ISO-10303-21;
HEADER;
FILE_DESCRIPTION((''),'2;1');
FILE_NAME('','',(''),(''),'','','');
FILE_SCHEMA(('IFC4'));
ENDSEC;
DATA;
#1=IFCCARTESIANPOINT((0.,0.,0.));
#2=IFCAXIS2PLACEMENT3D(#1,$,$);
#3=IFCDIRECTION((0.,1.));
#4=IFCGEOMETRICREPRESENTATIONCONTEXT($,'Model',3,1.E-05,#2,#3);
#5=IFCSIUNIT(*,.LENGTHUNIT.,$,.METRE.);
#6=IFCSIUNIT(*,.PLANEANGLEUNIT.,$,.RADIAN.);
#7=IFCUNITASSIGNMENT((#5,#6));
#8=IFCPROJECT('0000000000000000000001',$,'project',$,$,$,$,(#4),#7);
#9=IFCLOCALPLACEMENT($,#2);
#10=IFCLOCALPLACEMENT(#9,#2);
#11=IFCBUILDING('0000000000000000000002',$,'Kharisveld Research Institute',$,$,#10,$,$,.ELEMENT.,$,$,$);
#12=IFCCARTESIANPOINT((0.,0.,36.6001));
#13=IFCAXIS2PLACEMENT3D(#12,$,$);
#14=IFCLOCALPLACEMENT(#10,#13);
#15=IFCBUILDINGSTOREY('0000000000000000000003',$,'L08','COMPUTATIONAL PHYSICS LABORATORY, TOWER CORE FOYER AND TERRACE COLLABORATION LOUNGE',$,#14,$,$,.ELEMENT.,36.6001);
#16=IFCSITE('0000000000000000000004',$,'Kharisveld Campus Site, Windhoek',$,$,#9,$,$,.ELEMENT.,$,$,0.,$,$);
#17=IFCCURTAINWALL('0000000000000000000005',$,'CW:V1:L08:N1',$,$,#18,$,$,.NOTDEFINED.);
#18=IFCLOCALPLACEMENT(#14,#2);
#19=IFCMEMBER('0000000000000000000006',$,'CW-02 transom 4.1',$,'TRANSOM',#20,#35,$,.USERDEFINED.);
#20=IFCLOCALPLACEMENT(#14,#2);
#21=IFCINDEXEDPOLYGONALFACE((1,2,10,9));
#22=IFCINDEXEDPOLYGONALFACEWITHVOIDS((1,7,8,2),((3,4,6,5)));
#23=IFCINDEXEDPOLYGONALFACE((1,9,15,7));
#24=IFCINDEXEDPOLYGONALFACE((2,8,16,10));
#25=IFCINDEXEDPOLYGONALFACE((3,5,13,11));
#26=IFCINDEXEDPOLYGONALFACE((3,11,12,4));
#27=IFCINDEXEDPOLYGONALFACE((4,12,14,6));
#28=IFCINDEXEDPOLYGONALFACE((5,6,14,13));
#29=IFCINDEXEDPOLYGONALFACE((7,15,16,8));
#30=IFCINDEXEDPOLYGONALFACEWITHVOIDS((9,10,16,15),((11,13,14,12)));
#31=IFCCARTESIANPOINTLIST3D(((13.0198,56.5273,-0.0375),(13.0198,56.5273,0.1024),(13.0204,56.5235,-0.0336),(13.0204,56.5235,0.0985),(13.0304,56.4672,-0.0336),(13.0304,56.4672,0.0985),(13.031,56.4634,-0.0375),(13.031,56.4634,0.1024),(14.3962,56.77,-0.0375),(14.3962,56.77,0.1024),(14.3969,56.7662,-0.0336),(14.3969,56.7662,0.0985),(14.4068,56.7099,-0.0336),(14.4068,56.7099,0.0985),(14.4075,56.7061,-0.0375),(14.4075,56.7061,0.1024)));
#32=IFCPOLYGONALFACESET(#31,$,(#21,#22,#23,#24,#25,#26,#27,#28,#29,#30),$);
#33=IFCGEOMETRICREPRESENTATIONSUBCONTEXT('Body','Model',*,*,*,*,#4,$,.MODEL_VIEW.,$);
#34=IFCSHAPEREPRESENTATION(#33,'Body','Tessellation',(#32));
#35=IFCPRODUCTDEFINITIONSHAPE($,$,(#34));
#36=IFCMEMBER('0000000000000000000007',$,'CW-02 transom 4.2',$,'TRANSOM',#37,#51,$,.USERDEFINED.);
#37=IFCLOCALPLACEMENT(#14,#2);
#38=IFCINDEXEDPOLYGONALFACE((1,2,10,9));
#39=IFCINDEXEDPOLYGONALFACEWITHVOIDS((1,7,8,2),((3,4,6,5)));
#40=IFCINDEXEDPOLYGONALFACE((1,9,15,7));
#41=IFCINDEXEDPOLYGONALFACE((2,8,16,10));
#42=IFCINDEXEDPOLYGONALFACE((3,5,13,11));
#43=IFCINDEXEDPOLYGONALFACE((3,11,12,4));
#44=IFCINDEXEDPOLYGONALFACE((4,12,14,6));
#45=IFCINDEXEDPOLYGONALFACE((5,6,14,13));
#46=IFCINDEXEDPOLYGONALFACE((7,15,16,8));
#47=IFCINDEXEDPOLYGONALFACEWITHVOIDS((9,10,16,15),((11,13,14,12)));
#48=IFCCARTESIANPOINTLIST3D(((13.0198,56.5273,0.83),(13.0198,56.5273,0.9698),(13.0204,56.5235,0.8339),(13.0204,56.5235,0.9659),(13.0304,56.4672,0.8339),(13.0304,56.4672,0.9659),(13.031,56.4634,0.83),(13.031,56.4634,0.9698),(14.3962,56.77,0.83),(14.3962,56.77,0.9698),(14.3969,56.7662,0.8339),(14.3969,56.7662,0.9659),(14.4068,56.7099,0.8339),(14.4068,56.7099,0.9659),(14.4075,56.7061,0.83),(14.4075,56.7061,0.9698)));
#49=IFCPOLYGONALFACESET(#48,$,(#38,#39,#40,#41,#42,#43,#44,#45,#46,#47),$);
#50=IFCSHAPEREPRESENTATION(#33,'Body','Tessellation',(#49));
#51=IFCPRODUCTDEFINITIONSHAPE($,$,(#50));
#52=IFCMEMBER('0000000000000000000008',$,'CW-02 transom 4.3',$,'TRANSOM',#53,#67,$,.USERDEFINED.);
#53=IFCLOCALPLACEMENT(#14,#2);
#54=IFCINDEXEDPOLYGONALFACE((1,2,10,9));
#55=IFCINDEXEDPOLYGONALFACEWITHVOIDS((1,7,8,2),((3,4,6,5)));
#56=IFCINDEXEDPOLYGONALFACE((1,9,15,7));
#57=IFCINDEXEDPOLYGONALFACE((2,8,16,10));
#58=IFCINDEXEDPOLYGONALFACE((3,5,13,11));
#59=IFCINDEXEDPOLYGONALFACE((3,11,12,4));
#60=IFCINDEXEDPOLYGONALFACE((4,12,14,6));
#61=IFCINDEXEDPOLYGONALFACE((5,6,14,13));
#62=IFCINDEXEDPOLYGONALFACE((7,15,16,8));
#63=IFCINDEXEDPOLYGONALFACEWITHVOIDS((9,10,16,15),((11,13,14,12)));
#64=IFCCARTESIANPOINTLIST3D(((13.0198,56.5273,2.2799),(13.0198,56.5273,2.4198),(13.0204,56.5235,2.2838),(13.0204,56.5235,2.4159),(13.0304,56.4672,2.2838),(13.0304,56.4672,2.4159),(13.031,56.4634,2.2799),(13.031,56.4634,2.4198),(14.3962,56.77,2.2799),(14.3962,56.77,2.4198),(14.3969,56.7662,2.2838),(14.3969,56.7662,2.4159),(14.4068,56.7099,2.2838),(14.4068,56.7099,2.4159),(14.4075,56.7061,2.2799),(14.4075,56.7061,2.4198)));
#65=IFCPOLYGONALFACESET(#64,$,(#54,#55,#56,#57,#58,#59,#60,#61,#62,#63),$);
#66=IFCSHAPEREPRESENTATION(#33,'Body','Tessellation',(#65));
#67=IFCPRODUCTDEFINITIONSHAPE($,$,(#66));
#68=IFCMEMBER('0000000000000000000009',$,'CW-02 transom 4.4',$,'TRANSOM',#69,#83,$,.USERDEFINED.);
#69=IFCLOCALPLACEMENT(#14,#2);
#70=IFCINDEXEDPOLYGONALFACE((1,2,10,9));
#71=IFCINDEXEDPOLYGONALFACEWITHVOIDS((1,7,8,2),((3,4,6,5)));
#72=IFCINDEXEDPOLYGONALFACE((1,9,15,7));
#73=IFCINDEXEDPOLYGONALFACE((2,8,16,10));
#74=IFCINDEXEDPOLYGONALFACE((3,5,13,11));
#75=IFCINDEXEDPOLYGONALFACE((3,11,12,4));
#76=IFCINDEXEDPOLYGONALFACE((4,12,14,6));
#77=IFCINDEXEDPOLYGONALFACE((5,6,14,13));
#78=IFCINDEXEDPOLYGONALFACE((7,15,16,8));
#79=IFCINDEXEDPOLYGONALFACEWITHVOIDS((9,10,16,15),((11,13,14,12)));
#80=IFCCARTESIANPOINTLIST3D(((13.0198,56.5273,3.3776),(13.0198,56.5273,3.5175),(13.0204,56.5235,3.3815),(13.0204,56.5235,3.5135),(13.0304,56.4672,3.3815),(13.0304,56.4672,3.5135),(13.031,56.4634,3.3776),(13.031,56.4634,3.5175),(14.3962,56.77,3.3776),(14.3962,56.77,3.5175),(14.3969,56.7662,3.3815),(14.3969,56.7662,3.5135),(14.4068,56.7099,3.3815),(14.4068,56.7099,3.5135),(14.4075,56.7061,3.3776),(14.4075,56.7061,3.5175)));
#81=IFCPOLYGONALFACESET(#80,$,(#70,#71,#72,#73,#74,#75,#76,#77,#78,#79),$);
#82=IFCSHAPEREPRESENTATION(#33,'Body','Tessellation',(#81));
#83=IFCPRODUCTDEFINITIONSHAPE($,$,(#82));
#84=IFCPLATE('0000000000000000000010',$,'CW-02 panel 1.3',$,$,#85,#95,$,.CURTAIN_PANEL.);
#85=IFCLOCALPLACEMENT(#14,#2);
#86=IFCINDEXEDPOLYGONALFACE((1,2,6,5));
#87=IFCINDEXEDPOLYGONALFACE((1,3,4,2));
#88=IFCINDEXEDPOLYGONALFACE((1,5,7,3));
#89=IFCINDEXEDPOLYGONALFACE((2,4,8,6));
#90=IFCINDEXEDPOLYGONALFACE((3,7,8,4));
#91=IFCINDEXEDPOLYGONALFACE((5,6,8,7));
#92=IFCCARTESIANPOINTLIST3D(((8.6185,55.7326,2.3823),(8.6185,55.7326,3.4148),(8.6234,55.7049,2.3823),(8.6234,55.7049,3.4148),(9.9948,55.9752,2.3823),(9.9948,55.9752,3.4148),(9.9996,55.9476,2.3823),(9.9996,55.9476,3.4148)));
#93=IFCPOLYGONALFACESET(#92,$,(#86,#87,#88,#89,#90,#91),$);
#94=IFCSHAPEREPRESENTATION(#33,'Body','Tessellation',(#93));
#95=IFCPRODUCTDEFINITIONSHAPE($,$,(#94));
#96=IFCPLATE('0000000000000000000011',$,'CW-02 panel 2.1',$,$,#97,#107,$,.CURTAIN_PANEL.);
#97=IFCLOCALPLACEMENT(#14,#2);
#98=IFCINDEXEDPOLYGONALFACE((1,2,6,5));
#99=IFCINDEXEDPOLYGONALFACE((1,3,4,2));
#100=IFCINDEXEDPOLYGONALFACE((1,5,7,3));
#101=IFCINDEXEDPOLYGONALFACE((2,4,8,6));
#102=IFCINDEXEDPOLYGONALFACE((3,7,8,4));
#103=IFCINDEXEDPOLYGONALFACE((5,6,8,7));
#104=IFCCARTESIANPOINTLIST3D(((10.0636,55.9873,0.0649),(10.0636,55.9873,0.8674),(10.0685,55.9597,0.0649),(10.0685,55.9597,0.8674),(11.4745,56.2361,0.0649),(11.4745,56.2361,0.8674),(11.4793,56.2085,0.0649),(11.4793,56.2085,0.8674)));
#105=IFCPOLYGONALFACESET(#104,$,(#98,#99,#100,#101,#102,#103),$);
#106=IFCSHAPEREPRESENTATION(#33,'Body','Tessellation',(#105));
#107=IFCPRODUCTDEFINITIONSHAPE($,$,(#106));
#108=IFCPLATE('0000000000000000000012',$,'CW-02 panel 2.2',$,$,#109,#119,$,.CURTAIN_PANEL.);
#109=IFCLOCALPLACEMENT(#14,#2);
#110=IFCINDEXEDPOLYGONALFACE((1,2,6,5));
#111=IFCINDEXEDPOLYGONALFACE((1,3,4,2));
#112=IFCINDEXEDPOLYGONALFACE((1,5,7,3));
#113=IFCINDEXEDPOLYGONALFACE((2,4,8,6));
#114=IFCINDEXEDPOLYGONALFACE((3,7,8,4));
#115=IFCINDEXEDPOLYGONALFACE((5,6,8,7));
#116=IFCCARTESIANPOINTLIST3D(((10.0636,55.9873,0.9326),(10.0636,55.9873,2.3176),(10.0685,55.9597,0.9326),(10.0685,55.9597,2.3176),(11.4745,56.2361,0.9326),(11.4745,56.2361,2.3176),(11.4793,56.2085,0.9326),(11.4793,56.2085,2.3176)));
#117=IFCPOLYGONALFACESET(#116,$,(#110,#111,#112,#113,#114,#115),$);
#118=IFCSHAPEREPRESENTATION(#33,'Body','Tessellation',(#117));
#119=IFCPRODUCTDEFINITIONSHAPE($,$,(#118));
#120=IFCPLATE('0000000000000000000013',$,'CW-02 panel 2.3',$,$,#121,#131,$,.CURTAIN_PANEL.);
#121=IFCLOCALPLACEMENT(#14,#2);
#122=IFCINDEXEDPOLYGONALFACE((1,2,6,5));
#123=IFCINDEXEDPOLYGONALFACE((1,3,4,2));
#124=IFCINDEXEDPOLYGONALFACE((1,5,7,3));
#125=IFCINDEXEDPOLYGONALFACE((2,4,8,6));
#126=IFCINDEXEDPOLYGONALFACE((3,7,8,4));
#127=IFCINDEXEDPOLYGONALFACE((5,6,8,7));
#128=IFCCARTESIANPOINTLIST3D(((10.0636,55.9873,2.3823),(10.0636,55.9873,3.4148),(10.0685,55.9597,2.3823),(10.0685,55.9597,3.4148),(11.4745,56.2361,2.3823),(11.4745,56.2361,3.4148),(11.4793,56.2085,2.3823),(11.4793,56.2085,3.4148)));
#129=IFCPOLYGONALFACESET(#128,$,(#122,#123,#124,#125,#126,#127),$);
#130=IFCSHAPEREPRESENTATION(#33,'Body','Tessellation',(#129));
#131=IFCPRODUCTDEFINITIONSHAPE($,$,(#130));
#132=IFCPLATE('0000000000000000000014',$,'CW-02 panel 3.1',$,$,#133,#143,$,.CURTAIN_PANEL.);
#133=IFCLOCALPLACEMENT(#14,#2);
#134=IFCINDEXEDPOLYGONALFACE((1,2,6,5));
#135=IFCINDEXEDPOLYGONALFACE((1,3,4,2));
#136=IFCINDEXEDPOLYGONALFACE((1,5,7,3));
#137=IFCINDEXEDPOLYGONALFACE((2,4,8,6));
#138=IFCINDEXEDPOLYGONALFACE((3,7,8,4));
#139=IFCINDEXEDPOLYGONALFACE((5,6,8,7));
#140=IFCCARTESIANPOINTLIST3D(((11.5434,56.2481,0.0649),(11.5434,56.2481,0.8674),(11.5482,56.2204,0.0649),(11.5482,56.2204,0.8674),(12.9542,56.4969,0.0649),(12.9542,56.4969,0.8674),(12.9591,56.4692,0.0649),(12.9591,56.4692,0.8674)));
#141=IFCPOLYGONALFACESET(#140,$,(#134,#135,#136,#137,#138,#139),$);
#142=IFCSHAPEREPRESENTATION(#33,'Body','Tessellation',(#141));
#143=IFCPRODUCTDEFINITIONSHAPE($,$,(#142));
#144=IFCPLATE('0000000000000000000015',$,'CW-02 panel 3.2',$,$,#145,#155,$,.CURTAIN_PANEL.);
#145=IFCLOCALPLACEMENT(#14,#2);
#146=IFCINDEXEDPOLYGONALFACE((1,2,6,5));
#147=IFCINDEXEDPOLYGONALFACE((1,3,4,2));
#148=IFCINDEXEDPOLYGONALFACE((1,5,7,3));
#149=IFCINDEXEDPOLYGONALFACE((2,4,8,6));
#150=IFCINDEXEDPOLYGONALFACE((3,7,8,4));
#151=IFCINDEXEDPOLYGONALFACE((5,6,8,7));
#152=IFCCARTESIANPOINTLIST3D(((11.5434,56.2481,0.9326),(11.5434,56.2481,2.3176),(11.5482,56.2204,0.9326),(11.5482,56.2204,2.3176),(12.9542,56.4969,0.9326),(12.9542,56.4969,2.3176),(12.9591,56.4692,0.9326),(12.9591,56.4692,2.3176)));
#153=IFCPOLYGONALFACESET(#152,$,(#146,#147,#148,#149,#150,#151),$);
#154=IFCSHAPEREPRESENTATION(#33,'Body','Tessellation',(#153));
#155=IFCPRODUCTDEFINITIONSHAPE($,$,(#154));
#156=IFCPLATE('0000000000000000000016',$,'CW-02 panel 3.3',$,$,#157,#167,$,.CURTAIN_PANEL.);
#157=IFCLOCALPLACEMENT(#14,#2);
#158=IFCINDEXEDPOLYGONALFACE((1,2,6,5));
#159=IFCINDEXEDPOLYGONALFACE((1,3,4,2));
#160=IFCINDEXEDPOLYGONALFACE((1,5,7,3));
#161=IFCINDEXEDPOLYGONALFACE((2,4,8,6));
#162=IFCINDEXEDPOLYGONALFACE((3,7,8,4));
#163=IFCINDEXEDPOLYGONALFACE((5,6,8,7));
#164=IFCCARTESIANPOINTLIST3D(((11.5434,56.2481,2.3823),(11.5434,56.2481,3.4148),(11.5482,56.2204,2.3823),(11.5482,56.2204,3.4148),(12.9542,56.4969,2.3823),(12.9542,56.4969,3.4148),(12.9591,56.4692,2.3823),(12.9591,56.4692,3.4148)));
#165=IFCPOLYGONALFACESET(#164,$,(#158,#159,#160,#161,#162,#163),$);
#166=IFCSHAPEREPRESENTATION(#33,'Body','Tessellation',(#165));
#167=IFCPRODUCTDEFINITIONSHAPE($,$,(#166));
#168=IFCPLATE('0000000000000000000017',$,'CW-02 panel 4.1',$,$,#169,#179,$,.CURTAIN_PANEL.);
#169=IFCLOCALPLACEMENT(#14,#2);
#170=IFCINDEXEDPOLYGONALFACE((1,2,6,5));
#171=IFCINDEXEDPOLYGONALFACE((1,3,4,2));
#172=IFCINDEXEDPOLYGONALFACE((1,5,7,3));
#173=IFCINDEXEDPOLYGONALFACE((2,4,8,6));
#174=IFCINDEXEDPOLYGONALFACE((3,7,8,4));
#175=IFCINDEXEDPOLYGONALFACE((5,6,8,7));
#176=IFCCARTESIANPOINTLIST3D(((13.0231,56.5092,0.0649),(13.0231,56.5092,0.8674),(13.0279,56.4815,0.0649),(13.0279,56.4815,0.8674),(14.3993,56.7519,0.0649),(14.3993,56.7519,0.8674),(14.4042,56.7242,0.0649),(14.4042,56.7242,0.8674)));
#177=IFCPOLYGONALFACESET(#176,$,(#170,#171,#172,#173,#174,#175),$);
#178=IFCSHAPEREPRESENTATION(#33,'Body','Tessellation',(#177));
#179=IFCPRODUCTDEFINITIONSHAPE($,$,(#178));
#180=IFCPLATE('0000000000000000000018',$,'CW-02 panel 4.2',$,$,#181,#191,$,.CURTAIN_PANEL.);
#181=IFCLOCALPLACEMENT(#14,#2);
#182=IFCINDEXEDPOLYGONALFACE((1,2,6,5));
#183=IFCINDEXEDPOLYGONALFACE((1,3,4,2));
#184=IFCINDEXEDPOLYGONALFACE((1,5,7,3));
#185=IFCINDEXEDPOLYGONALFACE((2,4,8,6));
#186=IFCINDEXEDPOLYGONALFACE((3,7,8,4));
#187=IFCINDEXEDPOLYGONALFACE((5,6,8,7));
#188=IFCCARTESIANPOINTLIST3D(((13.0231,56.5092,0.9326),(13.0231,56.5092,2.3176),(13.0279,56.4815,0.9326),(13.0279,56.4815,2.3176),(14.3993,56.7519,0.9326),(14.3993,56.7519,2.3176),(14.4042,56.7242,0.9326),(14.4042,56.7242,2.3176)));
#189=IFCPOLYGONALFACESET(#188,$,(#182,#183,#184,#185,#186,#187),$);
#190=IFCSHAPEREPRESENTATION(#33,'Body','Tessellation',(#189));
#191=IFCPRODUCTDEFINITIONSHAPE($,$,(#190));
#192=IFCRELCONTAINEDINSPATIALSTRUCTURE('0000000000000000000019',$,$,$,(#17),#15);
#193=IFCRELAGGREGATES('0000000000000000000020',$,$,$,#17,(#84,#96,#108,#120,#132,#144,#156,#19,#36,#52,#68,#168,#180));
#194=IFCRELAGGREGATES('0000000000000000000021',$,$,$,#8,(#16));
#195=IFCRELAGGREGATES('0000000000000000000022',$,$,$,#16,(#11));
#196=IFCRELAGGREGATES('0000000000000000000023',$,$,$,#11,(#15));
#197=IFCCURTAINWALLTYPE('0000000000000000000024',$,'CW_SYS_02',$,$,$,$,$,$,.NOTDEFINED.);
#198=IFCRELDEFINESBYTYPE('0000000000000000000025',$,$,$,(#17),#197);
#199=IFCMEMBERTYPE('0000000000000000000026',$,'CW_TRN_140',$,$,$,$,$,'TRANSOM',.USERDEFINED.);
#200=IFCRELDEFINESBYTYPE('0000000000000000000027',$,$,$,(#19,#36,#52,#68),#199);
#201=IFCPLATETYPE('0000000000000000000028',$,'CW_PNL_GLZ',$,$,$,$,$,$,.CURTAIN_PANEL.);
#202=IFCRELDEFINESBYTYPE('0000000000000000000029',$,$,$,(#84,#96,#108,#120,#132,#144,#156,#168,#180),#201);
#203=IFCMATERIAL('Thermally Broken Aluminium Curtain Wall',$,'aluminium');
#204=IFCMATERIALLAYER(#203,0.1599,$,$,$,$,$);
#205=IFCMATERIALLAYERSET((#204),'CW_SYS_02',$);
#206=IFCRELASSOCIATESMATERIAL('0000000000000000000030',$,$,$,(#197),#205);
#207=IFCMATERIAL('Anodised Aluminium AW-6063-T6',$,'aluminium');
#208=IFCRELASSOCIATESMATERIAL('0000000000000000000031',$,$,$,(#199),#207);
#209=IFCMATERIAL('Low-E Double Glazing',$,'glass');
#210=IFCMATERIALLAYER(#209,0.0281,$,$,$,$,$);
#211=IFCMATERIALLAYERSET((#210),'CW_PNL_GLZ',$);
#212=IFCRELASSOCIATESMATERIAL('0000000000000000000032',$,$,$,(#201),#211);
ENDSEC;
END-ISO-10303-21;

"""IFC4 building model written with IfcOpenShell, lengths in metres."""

from ifc_helpers import new_model, si_unit, direction, frame, origin, origin_2d, place, context, subcontext, project, spatial, rectangle, hollow_rectangle, extrude, material, layer, layer_set, material_profile, profile_set, type_object, element, aggregate, save


model = new_model("IFC4")

# Units and contexts
model_context = context("Model", 3, precision=1e-05, world=origin(), true_north=direction((0.0, 1.0)))
body_context = subcontext(model_context, "Body", "Model", "MODEL_VIEW")
ifc_project = project(units=[si_unit("LENGTHUNIT", "METRE"), si_unit("PLANEANGLEUNIT", "RADIAN")], contexts=[model_context])

# Site, building, storey
site_placement = place(None, origin())
site = spatial("IfcSite", under=ifc_project, at=site_placement, Name="Kharisveld Campus Site, Windhoek", CompositionType="ELEMENT", RefElevation=0.0)
building_placement = place(site_placement, origin())
building = spatial("IfcBuilding", under=site, at=building_placement, Name="Kharisveld Research Institute", CompositionType="ELEMENT")
storey_placement = place(building_placement, frame((0.0, 0.0, 36.6001)))
storey = spatial("IfcBuildingStorey", under=building, at=storey_placement, Name="L08", Description="COMPUTATIONAL PHYSICS LABORATORY, TOWER CORE FOYER AND TERRACE COLLABORATION LOUNGE", CompositionType="ELEMENT", Elevation=36.6001)

# Curtain wall, members, plates
ifc_material_1 = material(Name="Thermally Broken Aluminium Curtain Wall", Category="aluminium")
ifc_layer_1 = layer(ifc_material_1, 0.1599)
ifc_layer_set_1 = layer_set([ifc_layer_1], Name="CW_SYS_02")
curtain_wall_type = type_object("IfcCurtainWallType", Name="CW_SYS_02", PredefinedType="NOTDEFINED", material=ifc_layer_set_1)
curtain_wall_placement = place(storey_placement, origin())
curtain_wall = element("IfcCurtainWall", 1, at=curtain_wall_placement, inside=storey, type_object=curtain_wall_type, Name="CW:V1:L08:N1", PredefinedType="NOTDEFINED")
ifc_material_2 = material(Name="Anodised Aluminium AW-6063-T6", Category="aluminium")
ifc_material_profile_1 = material_profile(ifc_material_2, hollow_rectangle(XDim=0.0649, YDim=0.1399, WallThickness=0.0039, at=origin_2d()))
ifc_profile_set_1 = profile_set([ifc_material_profile_1], Name="Anodised Aluminium AW-6063-T6")
member_type_1 = type_object("IfcMemberType", Name="CW_TRN_140", ElementType="TRANSOM", PredefinedType="USERDEFINED", material=ifc_profile_set_1)
member_1_placement = place(storey_placement, frame((13.0254, 56.4954, 0.0325), z_axis=(0.984812, 0.173626, 0.0), x_axis=(-0.173626, 0.984812, 0.0)))
member_1 = element("IfcMember", 2, at=member_1_placement, type_object=member_type_1, Name="CW-02 transom 4.1", ObjectType="TRANSOM", PredefinedType="USERDEFINED", context=body_context, shape_type="SweptSolid", body=[
    extrude(hollow_rectangle(XDim=0.0649, YDim=0.1399, WallThickness=0.0039, at=origin_2d()), origin(), (0.0, 0.0, 1.0), 1.3977),
])
member_2_placement = place(storey_placement, frame((13.0254, 56.4954, 0.8999), z_axis=(0.984812, 0.173626, 0.0), x_axis=(-0.173626, 0.984812, 0.0)))
member_2 = element("IfcMember", 3, at=member_2_placement, type_object=member_type_1, Name="CW-02 transom 4.2", ObjectType="TRANSOM", PredefinedType="USERDEFINED", context=body_context, shape_type="SweptSolid", body=[
    extrude(hollow_rectangle(XDim=0.0649, YDim=0.1399, WallThickness=0.0039, at=origin_2d()), origin(), (0.0, 0.0, 1.0), 1.3977),
])
member_3_placement = place(storey_placement, frame((13.0254, 56.4954, 2.3499), z_axis=(0.984812, 0.173626, 0.0), x_axis=(-0.173626, 0.984812, 0.0)))
member_3 = element("IfcMember", 4, at=member_3_placement, type_object=member_type_1, Name="CW-02 transom 4.3", ObjectType="TRANSOM", PredefinedType="USERDEFINED", context=body_context, shape_type="SweptSolid", body=[
    extrude(hollow_rectangle(XDim=0.0649, YDim=0.1399, WallThickness=0.0039, at=origin_2d()), origin(), (0.0, 0.0, 1.0), 1.3977),
])
member_4_placement = place(storey_placement, frame((13.0254, 56.4954, 3.4475), z_axis=(0.984812, 0.173626, 0.0), x_axis=(-0.173626, 0.984812, 0.0)))
member_4 = element("IfcMember", 5, at=member_4_placement, type_object=member_type_1, Name="CW-02 transom 4.4", ObjectType="TRANSOM", PredefinedType="USERDEFINED", context=body_context, shape_type="SweptSolid", body=[
    extrude(hollow_rectangle(XDim=0.0649, YDim=0.1399, WallThickness=0.0039, at=origin_2d()), origin(), (0.0, 0.0, 1.0), 1.3977),
])
ifc_material_3 = material(Name="Low-E Double Glazing", Category="glass")
ifc_layer_2 = layer(ifc_material_3, 0.0281)
ifc_layer_set_2 = layer_set([ifc_layer_2], Name="CW_PNL_GLZ")
plate_type = type_object("IfcPlateType", Name="CW_PNL_GLZ", PredefinedType="CURTAIN_PANEL", material=ifc_layer_set_2)
plate_1_placement = place(storey_placement, frame((9.3091, 55.8401, 2.3823), z_axis=(0.0, 0.0, 1.0), x_axis=(0.984808, 0.173648, 0.0)))
plate_1 = element("IfcPlate", 6, at=plate_1_placement, type_object=plate_type, Name="CW-02 panel 1.3", PredefinedType="CURTAIN_PANEL", context=body_context, shape_type="SweptSolid", body=[
    extrude(rectangle(XDim=1.3975, YDim=0.0281, at=origin_2d()), origin(), (0.0, 0.0, 1.0), 1.0325),
])
plate_2_placement = place(storey_placement, frame((10.7715, 56.0979, 0.0649), z_axis=(0.0, 0.0, 1.0), x_axis=(0.984808, 0.173648, 0.0)))
plate_2 = element("IfcPlate", 7, at=plate_2_placement, type_object=plate_type, Name="CW-02 panel 2.1", PredefinedType="CURTAIN_PANEL", context=body_context, shape_type="SweptSolid", body=[
    extrude(rectangle(XDim=1.4326, YDim=0.0281, at=origin_2d()), origin(), (0.0, 0.0, 1.0), 0.8025),
])
plate_3_placement = place(storey_placement, frame((10.7715, 56.0979, 0.9326), z_axis=(0.0, 0.0, 1.0), x_axis=(0.984808, 0.173648, 0.0)))
plate_3 = element("IfcPlate", 8, at=plate_3_placement, type_object=plate_type, Name="CW-02 panel 2.2", PredefinedType="CURTAIN_PANEL", context=body_context, shape_type="SweptSolid", body=[
    extrude(rectangle(XDim=1.4326, YDim=0.0281, at=origin_2d()), origin(), (0.0, 0.0, 1.0), 1.385),
])
plate_4_placement = place(storey_placement, frame((10.7715, 56.0979, 2.3823), z_axis=(0.0, 0.0, 1.0), x_axis=(0.984808, 0.173648, 0.0)))
plate_4 = element("IfcPlate", 9, at=plate_4_placement, type_object=plate_type, Name="CW-02 panel 2.3", PredefinedType="CURTAIN_PANEL", context=body_context, shape_type="SweptSolid", body=[
    extrude(rectangle(XDim=1.4326, YDim=0.0281, at=origin_2d()), origin(), (0.0, 0.0, 1.0), 1.0325),
])
plate_5_placement = place(storey_placement, frame((12.2512, 56.3586, 0.0649), z_axis=(0.0, 0.0, 1.0), x_axis=(0.984808, 0.173648, 0.0)))
plate_5 = element("IfcPlate", 10, at=plate_5_placement, type_object=plate_type, Name="CW-02 panel 3.1", PredefinedType="CURTAIN_PANEL", context=body_context, shape_type="SweptSolid", body=[
    extrude(rectangle(XDim=1.4326, YDim=0.0281, at=origin_2d()), origin(), (0.0, 0.0, 1.0), 0.8025),
])
plate_6_placement = place(storey_placement, frame((12.2512, 56.3586, 0.9326), z_axis=(0.0, 0.0, 1.0), x_axis=(0.984808, 0.173648, 0.0)))
plate_6 = element("IfcPlate", 11, at=plate_6_placement, type_object=plate_type, Name="CW-02 panel 3.2", PredefinedType="CURTAIN_PANEL", context=body_context, shape_type="SweptSolid", body=[
    extrude(rectangle(XDim=1.4326, YDim=0.0281, at=origin_2d()), origin(), (0.0, 0.0, 1.0), 1.385),
])
plate_7_placement = place(storey_placement, frame((12.2512, 56.3586, 2.3823), z_axis=(0.0, 0.0, 1.0), x_axis=(0.984808, 0.173648, 0.0)))
plate_7 = element("IfcPlate", 12, at=plate_7_placement, type_object=plate_type, Name="CW-02 panel 3.3", PredefinedType="CURTAIN_PANEL", context=body_context, shape_type="SweptSolid", body=[
    extrude(rectangle(XDim=1.4326, YDim=0.0281, at=origin_2d()), origin(), (0.0, 0.0, 1.0), 1.0325),
])
plate_8_placement = place(storey_placement, frame((13.7136, 56.6167, 0.0649), z_axis=(0.0, 0.0, 1.0), x_axis=(0.984808, 0.173648, 0.0)))
plate_8 = element("IfcPlate", 13, at=plate_8_placement, type_object=plate_type, Name="CW-02 panel 4.1", PredefinedType="CURTAIN_PANEL", context=body_context, shape_type="SweptSolid", body=[
    extrude(rectangle(XDim=1.3975, YDim=0.0281, at=origin_2d()), origin(), (0.0, 0.0, 1.0), 0.8025),
])
plate_9_placement = place(storey_placement, frame((13.7136, 56.6167, 0.9326), z_axis=(0.0, 0.0, 1.0), x_axis=(0.984808, 0.173648, 0.0)))
plate_9 = element("IfcPlate", 14, at=plate_9_placement, type_object=plate_type, Name="CW-02 panel 4.2", PredefinedType="CURTAIN_PANEL", context=body_context, shape_type="SweptSolid", body=[
    extrude(rectangle(XDim=1.3975, YDim=0.0281, at=origin_2d()), origin(), (0.0, 0.0, 1.0), 1.385),
])
aggregate(curtain_wall, [plate_1, plate_2, plate_3, plate_4, plate_5, plate_6, plate_7, member_1, member_2, member_3, member_4, plate_8, plate_9])

save(model, "model.ifc")
